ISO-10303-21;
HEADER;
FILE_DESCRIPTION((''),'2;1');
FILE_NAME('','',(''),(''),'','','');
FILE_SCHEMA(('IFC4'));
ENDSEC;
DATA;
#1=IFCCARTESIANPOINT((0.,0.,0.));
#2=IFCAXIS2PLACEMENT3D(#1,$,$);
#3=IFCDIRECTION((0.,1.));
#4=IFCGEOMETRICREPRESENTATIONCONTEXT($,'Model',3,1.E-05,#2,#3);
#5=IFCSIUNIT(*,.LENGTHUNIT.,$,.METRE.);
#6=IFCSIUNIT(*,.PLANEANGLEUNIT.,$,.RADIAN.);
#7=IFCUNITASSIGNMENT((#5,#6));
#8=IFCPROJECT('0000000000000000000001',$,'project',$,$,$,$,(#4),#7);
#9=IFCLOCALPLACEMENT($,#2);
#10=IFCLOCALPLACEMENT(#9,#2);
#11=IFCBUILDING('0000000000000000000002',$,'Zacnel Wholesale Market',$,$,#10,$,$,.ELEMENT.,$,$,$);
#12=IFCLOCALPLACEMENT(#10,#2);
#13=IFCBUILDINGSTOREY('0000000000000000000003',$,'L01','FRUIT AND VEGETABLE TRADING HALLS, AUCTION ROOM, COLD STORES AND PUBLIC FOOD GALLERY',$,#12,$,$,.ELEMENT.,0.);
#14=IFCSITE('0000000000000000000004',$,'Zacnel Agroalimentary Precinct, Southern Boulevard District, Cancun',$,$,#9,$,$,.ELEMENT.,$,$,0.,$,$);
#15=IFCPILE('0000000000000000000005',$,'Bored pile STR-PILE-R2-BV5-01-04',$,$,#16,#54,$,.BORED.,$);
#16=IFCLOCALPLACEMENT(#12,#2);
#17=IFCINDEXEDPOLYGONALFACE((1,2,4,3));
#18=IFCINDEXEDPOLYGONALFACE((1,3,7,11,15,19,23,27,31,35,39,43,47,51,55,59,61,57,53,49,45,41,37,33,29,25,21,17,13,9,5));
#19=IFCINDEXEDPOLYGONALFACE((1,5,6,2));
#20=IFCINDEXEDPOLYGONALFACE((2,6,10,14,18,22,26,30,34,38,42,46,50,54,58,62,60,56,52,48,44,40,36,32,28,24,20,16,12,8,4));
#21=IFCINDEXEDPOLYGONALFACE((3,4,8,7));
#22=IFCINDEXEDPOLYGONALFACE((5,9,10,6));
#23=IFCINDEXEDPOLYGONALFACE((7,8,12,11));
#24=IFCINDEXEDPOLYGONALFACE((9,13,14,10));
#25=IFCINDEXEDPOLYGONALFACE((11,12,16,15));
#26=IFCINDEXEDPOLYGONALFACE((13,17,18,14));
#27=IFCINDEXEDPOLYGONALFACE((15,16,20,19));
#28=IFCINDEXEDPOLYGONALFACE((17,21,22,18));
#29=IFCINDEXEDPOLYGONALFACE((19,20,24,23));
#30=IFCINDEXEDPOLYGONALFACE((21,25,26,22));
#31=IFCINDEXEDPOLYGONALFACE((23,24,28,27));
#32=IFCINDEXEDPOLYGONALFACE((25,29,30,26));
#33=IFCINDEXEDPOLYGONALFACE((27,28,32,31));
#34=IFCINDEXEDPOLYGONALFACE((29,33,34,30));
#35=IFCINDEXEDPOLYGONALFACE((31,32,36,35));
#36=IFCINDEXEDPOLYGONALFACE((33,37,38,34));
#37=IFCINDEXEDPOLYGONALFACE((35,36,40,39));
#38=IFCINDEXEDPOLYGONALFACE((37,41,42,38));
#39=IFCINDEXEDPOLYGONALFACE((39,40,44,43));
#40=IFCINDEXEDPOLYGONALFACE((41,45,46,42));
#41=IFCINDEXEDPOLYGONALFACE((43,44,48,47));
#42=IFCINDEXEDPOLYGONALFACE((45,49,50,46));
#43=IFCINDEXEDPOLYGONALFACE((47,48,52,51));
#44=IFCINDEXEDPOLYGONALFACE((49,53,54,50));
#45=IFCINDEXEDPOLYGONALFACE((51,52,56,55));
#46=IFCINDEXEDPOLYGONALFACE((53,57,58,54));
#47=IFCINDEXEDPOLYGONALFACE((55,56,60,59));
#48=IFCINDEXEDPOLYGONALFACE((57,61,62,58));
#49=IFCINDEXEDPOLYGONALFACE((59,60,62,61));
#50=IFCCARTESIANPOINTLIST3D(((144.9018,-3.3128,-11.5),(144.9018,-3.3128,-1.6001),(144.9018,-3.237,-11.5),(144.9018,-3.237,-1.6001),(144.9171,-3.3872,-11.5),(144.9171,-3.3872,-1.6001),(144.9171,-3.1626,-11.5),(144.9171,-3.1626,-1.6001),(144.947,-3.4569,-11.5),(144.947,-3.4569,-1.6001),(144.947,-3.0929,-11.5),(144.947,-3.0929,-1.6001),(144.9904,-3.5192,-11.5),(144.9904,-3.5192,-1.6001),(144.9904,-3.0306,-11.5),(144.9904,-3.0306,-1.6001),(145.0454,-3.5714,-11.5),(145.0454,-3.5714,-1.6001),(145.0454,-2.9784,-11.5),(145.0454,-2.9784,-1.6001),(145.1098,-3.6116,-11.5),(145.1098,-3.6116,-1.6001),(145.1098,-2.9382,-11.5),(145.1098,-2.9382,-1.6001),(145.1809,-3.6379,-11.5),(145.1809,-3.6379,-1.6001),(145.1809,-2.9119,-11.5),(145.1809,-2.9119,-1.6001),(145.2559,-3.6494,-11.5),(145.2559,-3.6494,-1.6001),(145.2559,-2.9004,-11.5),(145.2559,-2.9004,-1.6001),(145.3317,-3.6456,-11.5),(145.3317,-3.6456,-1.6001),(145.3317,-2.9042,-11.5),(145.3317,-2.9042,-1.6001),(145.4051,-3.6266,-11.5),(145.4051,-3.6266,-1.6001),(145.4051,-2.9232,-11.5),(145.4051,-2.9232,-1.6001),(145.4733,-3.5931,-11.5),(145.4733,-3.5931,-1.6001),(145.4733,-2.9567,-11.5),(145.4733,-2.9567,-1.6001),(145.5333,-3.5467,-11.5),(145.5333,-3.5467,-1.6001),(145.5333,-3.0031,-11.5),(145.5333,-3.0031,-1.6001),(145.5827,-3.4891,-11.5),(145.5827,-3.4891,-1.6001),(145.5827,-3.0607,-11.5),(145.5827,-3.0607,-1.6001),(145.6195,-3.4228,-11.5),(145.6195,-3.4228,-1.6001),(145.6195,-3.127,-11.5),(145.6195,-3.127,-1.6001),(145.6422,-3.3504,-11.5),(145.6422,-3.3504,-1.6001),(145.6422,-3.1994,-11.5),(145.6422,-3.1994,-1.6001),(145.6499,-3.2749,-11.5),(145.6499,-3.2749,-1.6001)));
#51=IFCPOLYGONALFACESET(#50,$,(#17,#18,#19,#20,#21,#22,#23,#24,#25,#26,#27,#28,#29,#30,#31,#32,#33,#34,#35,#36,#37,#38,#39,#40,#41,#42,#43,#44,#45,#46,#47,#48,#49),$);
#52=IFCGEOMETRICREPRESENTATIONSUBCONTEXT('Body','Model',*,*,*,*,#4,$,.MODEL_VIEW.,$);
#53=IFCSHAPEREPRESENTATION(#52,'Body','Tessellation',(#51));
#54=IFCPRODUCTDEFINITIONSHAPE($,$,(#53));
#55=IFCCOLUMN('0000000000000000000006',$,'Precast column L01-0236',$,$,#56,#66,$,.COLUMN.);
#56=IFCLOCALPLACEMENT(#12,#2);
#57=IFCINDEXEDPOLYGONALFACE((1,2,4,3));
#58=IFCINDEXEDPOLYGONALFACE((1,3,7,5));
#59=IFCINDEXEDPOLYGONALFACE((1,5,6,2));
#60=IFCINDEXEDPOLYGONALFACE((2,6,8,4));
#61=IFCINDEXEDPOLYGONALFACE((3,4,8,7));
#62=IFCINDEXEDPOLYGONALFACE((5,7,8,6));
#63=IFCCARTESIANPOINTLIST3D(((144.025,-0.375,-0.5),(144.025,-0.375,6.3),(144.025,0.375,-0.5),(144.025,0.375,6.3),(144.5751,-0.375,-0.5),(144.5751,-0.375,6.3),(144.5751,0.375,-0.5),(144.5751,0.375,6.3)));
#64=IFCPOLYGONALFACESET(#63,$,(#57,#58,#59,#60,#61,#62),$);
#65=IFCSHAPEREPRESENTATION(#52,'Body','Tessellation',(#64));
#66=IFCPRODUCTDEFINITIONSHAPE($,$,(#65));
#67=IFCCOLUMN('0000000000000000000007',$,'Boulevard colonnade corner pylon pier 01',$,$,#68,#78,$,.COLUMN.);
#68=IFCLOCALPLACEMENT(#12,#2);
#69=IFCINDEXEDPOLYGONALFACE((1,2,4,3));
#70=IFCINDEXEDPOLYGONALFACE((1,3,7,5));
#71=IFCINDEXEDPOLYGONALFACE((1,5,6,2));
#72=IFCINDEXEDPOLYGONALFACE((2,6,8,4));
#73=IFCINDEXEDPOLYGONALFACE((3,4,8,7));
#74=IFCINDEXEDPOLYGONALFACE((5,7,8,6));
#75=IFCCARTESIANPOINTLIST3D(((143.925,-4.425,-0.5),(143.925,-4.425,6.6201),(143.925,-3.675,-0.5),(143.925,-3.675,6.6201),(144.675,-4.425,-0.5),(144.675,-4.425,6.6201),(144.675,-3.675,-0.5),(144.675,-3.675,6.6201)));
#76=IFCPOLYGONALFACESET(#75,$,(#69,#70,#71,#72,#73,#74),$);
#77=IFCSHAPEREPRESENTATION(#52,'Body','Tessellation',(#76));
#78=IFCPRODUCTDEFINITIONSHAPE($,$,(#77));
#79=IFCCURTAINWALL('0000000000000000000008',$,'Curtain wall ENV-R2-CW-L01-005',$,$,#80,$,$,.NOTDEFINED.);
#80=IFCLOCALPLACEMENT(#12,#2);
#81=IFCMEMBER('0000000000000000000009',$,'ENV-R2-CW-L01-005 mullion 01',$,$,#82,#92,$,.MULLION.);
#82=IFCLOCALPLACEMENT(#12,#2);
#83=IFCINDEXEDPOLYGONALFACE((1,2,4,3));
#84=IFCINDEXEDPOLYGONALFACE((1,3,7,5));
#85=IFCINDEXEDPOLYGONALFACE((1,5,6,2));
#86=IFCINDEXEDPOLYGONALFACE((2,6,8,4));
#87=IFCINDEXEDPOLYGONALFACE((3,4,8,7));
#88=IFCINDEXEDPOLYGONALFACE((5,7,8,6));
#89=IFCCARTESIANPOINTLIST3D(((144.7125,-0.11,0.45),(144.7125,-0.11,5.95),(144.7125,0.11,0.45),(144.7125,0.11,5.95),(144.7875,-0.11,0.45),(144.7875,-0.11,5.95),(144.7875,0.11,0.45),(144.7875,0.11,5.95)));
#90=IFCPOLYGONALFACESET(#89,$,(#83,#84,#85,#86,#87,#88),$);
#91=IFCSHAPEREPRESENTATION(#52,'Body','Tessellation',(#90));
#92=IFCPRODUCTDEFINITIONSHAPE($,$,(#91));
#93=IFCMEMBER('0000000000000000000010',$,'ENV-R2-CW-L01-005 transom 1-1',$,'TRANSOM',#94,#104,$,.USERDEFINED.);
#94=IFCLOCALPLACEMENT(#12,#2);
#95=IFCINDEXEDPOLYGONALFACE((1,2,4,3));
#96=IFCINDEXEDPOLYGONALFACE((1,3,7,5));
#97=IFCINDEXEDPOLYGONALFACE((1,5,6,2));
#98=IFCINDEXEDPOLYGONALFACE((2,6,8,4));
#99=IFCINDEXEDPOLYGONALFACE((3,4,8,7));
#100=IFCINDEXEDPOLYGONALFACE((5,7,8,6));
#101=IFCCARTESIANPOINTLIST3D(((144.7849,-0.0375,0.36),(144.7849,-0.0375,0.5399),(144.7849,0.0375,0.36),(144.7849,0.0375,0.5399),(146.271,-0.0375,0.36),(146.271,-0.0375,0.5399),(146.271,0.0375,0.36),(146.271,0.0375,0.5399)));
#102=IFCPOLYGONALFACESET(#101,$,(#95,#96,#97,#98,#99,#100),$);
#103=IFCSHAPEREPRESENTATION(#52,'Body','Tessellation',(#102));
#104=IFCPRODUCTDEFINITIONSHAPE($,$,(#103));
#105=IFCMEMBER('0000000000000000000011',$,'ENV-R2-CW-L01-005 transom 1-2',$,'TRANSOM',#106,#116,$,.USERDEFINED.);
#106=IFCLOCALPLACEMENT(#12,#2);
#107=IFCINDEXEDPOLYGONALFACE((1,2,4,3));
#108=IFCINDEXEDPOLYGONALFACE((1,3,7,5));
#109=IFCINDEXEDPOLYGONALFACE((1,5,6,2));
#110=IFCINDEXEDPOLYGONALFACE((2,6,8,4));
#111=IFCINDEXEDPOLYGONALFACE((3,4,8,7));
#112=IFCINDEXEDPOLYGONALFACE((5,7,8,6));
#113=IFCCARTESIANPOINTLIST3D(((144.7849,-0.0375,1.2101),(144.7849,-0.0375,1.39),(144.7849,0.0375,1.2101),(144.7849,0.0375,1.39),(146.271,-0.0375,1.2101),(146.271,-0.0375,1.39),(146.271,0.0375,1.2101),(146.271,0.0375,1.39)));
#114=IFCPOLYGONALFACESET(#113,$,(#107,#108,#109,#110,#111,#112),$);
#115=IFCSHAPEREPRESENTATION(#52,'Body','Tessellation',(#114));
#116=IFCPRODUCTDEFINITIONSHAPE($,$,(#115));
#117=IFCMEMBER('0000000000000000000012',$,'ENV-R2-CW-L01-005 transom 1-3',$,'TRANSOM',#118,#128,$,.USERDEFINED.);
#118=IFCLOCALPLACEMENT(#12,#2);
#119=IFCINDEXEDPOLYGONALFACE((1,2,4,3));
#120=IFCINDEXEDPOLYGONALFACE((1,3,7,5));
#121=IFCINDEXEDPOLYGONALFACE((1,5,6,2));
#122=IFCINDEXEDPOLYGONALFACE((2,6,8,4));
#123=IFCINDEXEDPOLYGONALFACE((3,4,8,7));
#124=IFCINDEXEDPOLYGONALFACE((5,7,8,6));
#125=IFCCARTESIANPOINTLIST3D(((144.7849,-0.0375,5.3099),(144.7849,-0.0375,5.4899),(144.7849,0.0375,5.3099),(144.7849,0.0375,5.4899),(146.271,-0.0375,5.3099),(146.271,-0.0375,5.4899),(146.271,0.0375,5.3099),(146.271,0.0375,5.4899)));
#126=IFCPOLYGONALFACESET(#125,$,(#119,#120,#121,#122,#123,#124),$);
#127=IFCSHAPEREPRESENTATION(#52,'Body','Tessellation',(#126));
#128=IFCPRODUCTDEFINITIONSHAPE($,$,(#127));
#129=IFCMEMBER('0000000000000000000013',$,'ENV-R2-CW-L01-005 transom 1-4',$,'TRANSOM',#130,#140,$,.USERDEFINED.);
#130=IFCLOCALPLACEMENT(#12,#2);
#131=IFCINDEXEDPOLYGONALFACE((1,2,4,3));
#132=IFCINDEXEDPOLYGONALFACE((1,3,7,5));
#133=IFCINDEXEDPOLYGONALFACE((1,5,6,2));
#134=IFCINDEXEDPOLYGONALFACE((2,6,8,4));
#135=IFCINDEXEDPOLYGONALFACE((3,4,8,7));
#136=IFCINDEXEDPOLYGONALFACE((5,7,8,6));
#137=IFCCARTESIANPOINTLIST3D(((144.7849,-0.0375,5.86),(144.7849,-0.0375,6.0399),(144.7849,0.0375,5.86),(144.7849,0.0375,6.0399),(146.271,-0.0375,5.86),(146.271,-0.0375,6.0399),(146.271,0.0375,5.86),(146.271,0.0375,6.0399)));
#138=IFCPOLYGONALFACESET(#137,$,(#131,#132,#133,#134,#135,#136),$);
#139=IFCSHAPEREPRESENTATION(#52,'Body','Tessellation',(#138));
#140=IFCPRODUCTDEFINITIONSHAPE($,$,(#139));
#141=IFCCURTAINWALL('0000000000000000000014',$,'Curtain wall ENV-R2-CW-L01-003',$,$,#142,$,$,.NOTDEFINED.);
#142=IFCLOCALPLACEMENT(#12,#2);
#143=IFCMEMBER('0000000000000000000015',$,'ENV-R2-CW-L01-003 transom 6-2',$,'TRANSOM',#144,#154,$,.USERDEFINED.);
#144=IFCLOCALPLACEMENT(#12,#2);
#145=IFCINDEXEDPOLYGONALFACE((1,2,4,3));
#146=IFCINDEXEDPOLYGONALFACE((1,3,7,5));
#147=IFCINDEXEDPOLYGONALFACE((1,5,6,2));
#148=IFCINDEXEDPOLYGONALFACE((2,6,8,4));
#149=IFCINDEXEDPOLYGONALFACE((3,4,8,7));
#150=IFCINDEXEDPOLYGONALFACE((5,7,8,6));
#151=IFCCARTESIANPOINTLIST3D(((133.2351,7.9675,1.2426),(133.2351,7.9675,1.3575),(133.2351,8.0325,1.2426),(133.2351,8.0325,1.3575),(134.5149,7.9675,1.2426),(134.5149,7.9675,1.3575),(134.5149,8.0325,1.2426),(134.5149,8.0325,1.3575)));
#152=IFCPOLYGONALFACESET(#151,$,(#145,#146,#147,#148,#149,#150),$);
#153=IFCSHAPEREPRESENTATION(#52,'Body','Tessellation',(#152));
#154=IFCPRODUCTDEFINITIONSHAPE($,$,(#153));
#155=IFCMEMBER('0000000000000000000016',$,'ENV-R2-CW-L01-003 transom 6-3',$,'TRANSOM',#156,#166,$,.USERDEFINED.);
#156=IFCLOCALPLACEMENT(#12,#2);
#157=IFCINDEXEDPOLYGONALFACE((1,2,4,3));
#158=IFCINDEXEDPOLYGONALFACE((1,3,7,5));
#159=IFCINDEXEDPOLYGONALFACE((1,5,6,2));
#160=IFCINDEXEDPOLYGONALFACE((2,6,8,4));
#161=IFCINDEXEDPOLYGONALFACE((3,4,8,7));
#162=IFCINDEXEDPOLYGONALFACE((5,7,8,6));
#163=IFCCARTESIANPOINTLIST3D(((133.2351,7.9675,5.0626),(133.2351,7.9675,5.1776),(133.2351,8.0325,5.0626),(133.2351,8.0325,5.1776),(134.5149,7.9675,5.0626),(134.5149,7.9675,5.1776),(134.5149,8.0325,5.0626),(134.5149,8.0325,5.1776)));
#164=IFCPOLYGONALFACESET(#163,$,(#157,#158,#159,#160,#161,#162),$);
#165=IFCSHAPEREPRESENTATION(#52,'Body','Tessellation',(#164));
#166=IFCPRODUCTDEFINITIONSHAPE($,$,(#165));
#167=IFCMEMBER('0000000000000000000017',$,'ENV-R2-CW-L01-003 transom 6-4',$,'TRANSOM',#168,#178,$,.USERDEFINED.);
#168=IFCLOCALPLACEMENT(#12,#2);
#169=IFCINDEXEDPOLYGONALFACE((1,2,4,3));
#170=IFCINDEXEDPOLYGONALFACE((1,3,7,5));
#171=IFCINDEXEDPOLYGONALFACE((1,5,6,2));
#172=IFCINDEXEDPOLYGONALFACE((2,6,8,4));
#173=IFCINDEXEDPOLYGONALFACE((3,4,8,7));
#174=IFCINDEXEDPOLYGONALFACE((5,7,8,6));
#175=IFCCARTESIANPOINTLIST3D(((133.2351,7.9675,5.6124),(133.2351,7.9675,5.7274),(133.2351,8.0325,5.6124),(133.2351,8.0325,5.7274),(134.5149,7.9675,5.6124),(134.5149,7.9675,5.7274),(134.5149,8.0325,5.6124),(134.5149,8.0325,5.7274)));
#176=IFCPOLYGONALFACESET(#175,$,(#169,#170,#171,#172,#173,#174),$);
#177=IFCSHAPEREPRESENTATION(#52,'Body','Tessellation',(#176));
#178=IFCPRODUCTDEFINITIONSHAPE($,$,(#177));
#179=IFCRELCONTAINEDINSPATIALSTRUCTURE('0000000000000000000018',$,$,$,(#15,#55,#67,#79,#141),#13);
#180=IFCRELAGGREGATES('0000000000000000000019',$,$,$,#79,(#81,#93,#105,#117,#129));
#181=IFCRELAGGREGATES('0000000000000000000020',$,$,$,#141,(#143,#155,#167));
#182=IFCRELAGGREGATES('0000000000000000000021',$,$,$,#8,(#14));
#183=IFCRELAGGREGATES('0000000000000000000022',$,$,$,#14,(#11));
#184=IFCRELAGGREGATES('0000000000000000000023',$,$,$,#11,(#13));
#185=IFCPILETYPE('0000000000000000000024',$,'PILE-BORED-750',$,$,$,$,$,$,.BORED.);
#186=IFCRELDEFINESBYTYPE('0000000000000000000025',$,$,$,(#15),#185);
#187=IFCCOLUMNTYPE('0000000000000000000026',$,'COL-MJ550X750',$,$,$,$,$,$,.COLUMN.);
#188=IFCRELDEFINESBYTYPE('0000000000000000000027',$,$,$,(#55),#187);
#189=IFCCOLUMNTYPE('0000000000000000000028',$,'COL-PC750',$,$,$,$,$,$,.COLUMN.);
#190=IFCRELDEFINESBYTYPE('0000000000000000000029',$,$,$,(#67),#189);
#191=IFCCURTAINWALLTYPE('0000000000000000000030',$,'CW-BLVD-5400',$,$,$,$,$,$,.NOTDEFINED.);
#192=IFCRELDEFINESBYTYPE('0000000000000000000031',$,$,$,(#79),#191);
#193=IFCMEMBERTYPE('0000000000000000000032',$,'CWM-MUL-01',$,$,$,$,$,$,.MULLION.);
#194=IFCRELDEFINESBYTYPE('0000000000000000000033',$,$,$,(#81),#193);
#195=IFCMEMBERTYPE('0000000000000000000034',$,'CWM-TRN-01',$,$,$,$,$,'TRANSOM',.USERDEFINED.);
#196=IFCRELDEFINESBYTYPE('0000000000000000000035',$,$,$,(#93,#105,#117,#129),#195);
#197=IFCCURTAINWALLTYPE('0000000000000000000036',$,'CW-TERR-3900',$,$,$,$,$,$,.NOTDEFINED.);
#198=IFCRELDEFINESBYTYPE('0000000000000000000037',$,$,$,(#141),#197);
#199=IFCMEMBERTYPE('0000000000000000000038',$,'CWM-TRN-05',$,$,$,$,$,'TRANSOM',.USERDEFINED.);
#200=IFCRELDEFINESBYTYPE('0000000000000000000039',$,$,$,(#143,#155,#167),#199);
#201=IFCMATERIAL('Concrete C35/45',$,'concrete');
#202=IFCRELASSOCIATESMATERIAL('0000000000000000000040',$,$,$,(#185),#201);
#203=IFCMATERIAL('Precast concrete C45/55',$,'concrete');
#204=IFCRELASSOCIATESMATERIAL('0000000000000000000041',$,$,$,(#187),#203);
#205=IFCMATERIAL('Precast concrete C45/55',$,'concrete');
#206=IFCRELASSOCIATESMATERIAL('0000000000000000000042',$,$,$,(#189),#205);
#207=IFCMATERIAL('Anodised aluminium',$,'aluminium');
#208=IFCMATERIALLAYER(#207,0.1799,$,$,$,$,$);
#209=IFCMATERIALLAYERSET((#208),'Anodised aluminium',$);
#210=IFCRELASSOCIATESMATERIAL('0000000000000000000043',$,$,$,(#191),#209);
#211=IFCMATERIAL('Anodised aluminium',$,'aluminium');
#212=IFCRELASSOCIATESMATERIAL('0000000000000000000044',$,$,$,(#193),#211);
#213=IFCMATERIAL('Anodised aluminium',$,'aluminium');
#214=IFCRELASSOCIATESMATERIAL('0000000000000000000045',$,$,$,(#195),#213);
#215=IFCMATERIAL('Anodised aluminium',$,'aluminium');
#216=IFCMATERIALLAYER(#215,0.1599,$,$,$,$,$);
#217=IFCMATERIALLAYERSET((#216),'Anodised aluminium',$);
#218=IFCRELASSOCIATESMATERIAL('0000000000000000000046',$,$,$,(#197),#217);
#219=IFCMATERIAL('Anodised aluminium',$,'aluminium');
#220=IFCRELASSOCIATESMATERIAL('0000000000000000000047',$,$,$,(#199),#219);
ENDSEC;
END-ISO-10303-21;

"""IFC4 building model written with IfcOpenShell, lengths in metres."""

from ifc_helpers import new_model, si_unit, direction, frame, origin, origin_2d, place, context, subcontext, project, spatial, rectangle, circle, extrude, material, layer, layer_set, material_profile, profile_set, type_object, element, aggregate, save


model = new_model("IFC4")

# Units and contexts
model_context = context("Model", 3, precision=1e-05, world=origin(), true_north=direction((0.0, 1.0)))
body_context = subcontext(model_context, "Body", "Model", "MODEL_VIEW")
ifc_project = project(units=[si_unit("LENGTHUNIT", "METRE"), si_unit("PLANEANGLEUNIT", "RADIAN")], contexts=[model_context])

# Site, building, storey
site_placement = place(None, origin())
site = spatial("IfcSite", under=ifc_project, at=site_placement, Name="Zacnel Agroalimentary Precinct, Southern Boulevard District, Cancun", CompositionType="ELEMENT", RefElevation=0.0)
building_placement = place(site_placement, origin())
building = spatial("IfcBuilding", under=site, at=building_placement, Name="Zacnel Wholesale Market", CompositionType="ELEMENT")
storey_placement = place(building_placement, origin())
storey = spatial("IfcBuildingStorey", under=building, at=storey_placement, Name="L01", Description="FRUIT AND VEGETABLE TRADING HALLS, AUCTION ROOM, COLD STORES AND PUBLIC FOOD GALLERY", CompositionType="ELEMENT", Elevation=0.0)

# Pile
ifc_material_1 = material(Name="Concrete C35/45", Category="concrete")
ifc_material_profile_1 = material_profile(ifc_material_1, circle(Radius=0.375, at=origin_2d()), Name="BORED PILE D750")
ifc_profile_set_1 = profile_set([ifc_material_profile_1], Name="Concrete C35/45")
pile_type_1 = type_object("IfcPileType", Name="PILE-BORED-750", PredefinedType="BORED", material=ifc_profile_set_1)
for number, where, z_axis, x_axis, name in (
    (1, (145.2749, -3.2749, -1.6001), (0.0, 0.0, -1.0), (1.0, 0.0, 0.0), "Bored pile STR-PILE-R2-BV5-01-04"),
):
    element("IfcPile", number, at=place(storey_placement, frame(where, z_axis=z_axis, x_axis=x_axis)), inside=storey, type_object=pile_type_1, Name=name, PredefinedType="BORED", context=body_context, shape_type="SweptSolid", body=[
        extrude(circle(Radius=0.375, at=origin_2d()), origin(), (0.0, 0.0, 1.0), 9.8999),
    ])

# Columns
ifc_material_2 = material(Name="Precast concrete C45/55", Category="concrete")
ifc_material_profile_2 = material_profile(ifc_material_2, rectangle(XDim=0.55, YDim=0.75, at=origin_2d()), Name="PC 550x750")
ifc_profile_set_2 = profile_set([ifc_material_profile_2], Name="Precast concrete C45/55")
column_type_1 = type_object("IfcColumnType", Name="COL-MJ550X750", PredefinedType="COLUMN", material=ifc_profile_set_2)
column_1_placement = place(storey_placement, frame((144.3, 0.0, -0.5), z_axis=(0.0, 0.0, 1.0), x_axis=(1.0, 0.0, 0.0)))
element("IfcColumn", 2, at=column_1_placement, inside=storey, type_object=column_type_1, Name="Precast column L01-0236", PredefinedType="COLUMN", context=body_context, shape_type="SweptSolid", body=[
    extrude(rectangle(XDim=0.55, YDim=0.75, at=origin_2d()), origin(), (0.0, 0.0, 1.0), 6.8),
])
ifc_material_3 = material(Name="Precast concrete C45/55", Category="concrete")
ifc_material_profile_3 = material_profile(ifc_material_3, rectangle(XDim=0.75, YDim=0.75, at=origin_2d()), Name="PC 750x750")
ifc_profile_set_3 = profile_set([ifc_material_profile_3], Name="Precast concrete C45/55")
column_type_2 = type_object("IfcColumnType", Name="COL-PC750", PredefinedType="COLUMN", material=ifc_profile_set_3)
column_2_placement = place(storey_placement, frame((144.3, -4.05, -0.5), z_axis=(0.0, 0.0, 1.0), x_axis=(1.0, 0.0, 0.0)))
element("IfcColumn", 3, at=column_2_placement, inside=storey, type_object=column_type_2, Name="Boulevard colonnade corner pylon pier 01", PredefinedType="COLUMN", context=body_context, shape_type="SweptSolid", body=[
    extrude(rectangle(XDim=0.75, YDim=0.75, at=origin_2d()), origin(), (0.0, 0.0, 1.0), 7.1201),
])

# Curtain wall, members
ifc_material_4 = material(Name="Anodised aluminium", Category="aluminium")
ifc_layer_1 = layer(ifc_material_4, 0.1799)
ifc_layer_set_1 = layer_set([ifc_layer_1], Name="Anodised aluminium")
curtain_wall_type_1 = type_object("IfcCurtainWallType", Name="CW-BLVD-5400", PredefinedType="NOTDEFINED", material=ifc_layer_set_1)
curtain_wall_1_placement = place(storey_placement, origin())
curtain_wall_1 = element("IfcCurtainWall", 4, at=curtain_wall_1_placement, inside=storey, type_object=curtain_wall_type_1, Name="Curtain wall ENV-R2-CW-L01-005", PredefinedType="NOTDEFINED")
ifc_material_5 = material(Name="Anodised aluminium", Category="aluminium")
ifc_material_profile_4 = material_profile(ifc_material_5, rectangle(XDim=0.075, YDim=0.22, at=origin_2d()), Name="AW-MULLION 75x220")
ifc_profile_set_4 = profile_set([ifc_material_profile_4], Name="Anodised aluminium")
member_type_1 = type_object("IfcMemberType", Name="CWM-MUL-01", PredefinedType="MULLION", material=ifc_profile_set_4)
member_1_placement = place(storey_placement, frame((144.75, 0.0, 0.45), z_axis=(0.0, 0.0, 1.0), x_axis=(1.0, 0.0, 0.0)))
member_1 = element("IfcMember", 5, at=member_1_placement, type_object=member_type_1, Name="ENV-R2-CW-L01-005 mullion 01", PredefinedType="MULLION", context=body_context, shape_type="SweptSolid", body=[
    extrude(rectangle(XDim=0.075, YDim=0.22, at=origin_2d()), origin(), (0.0, 0.0, 1.0), 5.5),
])
ifc_material_6 = material(Name="Anodised aluminium", Category="aluminium")
ifc_material_profile_5 = material_profile(ifc_material_6, rectangle(XDim=0.075, YDim=0.1799, at=origin_2d()), Name="AW-TRANSOM 75x180")
ifc_profile_set_5 = profile_set([ifc_material_profile_5], Name="Anodised aluminium")
member_type_2 = type_object("IfcMemberType", Name="CWM-TRN-01", ElementType="TRANSOM", PredefinedType="USERDEFINED", material=ifc_profile_set_5)
member_2_placement = place(storey_placement, frame((144.7849, 0.0, 0.45), z_axis=(1.0, 0.0, 0.0), x_axis=(0.0, 1.0, 0.0)))
member_2 = element("IfcMember", 6, at=member_2_placement, type_object=member_type_2, Name="ENV-R2-CW-L01-005 transom 1-1", ObjectType="TRANSOM", PredefinedType="USERDEFINED", context=body_context, shape_type="SweptSolid", body=[
    extrude(rectangle(XDim=0.075, YDim=0.1799, at=origin_2d()), origin(), (0.0, 0.0, 1.0), 1.4861),
])
member_3_placement = place(storey_placement, frame((144.7849, 0.0, 1.3), z_axis=(1.0, 0.0, 0.0), x_axis=(0.0, 1.0, 0.0)))
member_3 = element("IfcMember", 7, at=member_3_placement, type_object=member_type_2, Name="ENV-R2-CW-L01-005 transom 1-2", ObjectType="TRANSOM", PredefinedType="USERDEFINED", context=body_context, shape_type="SweptSolid", body=[
    extrude(rectangle(XDim=0.075, YDim=0.1799, at=origin_2d()), origin(), (0.0, 0.0, 1.0), 1.4861),
])
member_4_placement = place(storey_placement, frame((144.7849, 0.0, 5.3999), z_axis=(1.0, 0.0, 0.0), x_axis=(0.0, 1.0, 0.0)))
member_4 = element("IfcMember", 8, at=member_4_placement, type_object=member_type_2, Name="ENV-R2-CW-L01-005 transom 1-3", ObjectType="TRANSOM", PredefinedType="USERDEFINED", context=body_context, shape_type="SweptSolid", body=[
    extrude(rectangle(XDim=0.075, YDim=0.1799, at=origin_2d()), origin(), (0.0, 0.0, 1.0), 1.4861),
])
member_5_placement = place(storey_placement, frame((144.7849, 0.0, 5.95), z_axis=(1.0, 0.0, 0.0), x_axis=(0.0, 1.0, 0.0)))
member_5 = element("IfcMember", 9, at=member_5_placement, type_object=member_type_2, Name="ENV-R2-CW-L01-005 transom 1-4", ObjectType="TRANSOM", PredefinedType="USERDEFINED", context=body_context, shape_type="SweptSolid", body=[
    extrude(rectangle(XDim=0.075, YDim=0.1799, at=origin_2d()), origin(), (0.0, 0.0, 1.0), 1.4861),
])
aggregate(curtain_wall_1, [member_1, member_2, member_3, member_4, member_5])

# Curtain wall, members
ifc_material_7 = material(Name="Anodised aluminium", Category="aluminium")
ifc_layer_2 = layer(ifc_material_7, 0.1599)
ifc_layer_set_2 = layer_set([ifc_layer_2], Name="Anodised aluminium")
curtain_wall_type_2 = type_object("IfcCurtainWallType", Name="CW-TERR-3900", PredefinedType="NOTDEFINED", material=ifc_layer_set_2)
curtain_wall_2_placement = place(storey_placement, origin())
curtain_wall_2 = element("IfcCurtainWall", 10, at=curtain_wall_2_placement, inside=storey, type_object=curtain_wall_type_2, Name="Curtain wall ENV-R2-CW-L01-003", PredefinedType="NOTDEFINED")
ifc_material_8 = material(Name="Anodised aluminium", Category="aluminium")
ifc_material_profile_6 = material_profile(ifc_material_8, rectangle(XDim=0.0649, YDim=0.115, at=origin_2d()), Name="AW-TRANSOM 65x115")
ifc_profile_set_6 = profile_set([ifc_material_profile_6], Name="Anodised aluminium")
member_type_3 = type_object("IfcMemberType", Name="CWM-TRN-05", ElementType="TRANSOM", PredefinedType="USERDEFINED", material=ifc_profile_set_6)
member_6_placement = place(storey_placement, frame((133.2351, 8.0, 1.3), z_axis=(1.0, 0.0, 0.0), x_axis=(0.0, 1.0, 0.0)))
member_6 = element("IfcMember", 11, at=member_6_placement, type_object=member_type_3, Name="ENV-R2-CW-L01-003 transom 6-2", ObjectType="TRANSOM", PredefinedType="USERDEFINED", context=body_context, shape_type="SweptSolid", body=[
    extrude(rectangle(XDim=0.0649, YDim=0.115, at=origin_2d()), origin(), (0.0, 0.0, 1.0), 1.2798),
])
member_7_placement = place(storey_placement, frame((133.2351, 8.0, 5.1201), z_axis=(1.0, 0.0, 0.0), x_axis=(0.0, 1.0, 0.0)))
member_7 = element("IfcMember", 12, at=member_7_placement, type_object=member_type_3, Name="ENV-R2-CW-L01-003 transom 6-3", ObjectType="TRANSOM", PredefinedType="USERDEFINED", context=body_context, shape_type="SweptSolid", body=[
    extrude(rectangle(XDim=0.0649, YDim=0.115, at=origin_2d()), origin(), (0.0, 0.0, 1.0), 1.2798),
])
member_8_placement = place(storey_placement, frame((133.2351, 8.0, 5.6699), z_axis=(1.0, 0.0, 0.0), x_axis=(0.0, 1.0, 0.0)))
member_8 = element("IfcMember", 13, at=member_8_placement, type_object=member_type_3, Name="ENV-R2-CW-L01-003 transom 6-4", ObjectType="TRANSOM", PredefinedType="USERDEFINED", context=body_context, shape_type="SweptSolid", body=[
    extrude(rectangle(XDim=0.0649, YDim=0.115, at=origin_2d()), origin(), (0.0, 0.0, 1.0), 1.2798),
])
aggregate(curtain_wall_2, [member_6, member_7, member_8])

save(model, "model.ifc")
